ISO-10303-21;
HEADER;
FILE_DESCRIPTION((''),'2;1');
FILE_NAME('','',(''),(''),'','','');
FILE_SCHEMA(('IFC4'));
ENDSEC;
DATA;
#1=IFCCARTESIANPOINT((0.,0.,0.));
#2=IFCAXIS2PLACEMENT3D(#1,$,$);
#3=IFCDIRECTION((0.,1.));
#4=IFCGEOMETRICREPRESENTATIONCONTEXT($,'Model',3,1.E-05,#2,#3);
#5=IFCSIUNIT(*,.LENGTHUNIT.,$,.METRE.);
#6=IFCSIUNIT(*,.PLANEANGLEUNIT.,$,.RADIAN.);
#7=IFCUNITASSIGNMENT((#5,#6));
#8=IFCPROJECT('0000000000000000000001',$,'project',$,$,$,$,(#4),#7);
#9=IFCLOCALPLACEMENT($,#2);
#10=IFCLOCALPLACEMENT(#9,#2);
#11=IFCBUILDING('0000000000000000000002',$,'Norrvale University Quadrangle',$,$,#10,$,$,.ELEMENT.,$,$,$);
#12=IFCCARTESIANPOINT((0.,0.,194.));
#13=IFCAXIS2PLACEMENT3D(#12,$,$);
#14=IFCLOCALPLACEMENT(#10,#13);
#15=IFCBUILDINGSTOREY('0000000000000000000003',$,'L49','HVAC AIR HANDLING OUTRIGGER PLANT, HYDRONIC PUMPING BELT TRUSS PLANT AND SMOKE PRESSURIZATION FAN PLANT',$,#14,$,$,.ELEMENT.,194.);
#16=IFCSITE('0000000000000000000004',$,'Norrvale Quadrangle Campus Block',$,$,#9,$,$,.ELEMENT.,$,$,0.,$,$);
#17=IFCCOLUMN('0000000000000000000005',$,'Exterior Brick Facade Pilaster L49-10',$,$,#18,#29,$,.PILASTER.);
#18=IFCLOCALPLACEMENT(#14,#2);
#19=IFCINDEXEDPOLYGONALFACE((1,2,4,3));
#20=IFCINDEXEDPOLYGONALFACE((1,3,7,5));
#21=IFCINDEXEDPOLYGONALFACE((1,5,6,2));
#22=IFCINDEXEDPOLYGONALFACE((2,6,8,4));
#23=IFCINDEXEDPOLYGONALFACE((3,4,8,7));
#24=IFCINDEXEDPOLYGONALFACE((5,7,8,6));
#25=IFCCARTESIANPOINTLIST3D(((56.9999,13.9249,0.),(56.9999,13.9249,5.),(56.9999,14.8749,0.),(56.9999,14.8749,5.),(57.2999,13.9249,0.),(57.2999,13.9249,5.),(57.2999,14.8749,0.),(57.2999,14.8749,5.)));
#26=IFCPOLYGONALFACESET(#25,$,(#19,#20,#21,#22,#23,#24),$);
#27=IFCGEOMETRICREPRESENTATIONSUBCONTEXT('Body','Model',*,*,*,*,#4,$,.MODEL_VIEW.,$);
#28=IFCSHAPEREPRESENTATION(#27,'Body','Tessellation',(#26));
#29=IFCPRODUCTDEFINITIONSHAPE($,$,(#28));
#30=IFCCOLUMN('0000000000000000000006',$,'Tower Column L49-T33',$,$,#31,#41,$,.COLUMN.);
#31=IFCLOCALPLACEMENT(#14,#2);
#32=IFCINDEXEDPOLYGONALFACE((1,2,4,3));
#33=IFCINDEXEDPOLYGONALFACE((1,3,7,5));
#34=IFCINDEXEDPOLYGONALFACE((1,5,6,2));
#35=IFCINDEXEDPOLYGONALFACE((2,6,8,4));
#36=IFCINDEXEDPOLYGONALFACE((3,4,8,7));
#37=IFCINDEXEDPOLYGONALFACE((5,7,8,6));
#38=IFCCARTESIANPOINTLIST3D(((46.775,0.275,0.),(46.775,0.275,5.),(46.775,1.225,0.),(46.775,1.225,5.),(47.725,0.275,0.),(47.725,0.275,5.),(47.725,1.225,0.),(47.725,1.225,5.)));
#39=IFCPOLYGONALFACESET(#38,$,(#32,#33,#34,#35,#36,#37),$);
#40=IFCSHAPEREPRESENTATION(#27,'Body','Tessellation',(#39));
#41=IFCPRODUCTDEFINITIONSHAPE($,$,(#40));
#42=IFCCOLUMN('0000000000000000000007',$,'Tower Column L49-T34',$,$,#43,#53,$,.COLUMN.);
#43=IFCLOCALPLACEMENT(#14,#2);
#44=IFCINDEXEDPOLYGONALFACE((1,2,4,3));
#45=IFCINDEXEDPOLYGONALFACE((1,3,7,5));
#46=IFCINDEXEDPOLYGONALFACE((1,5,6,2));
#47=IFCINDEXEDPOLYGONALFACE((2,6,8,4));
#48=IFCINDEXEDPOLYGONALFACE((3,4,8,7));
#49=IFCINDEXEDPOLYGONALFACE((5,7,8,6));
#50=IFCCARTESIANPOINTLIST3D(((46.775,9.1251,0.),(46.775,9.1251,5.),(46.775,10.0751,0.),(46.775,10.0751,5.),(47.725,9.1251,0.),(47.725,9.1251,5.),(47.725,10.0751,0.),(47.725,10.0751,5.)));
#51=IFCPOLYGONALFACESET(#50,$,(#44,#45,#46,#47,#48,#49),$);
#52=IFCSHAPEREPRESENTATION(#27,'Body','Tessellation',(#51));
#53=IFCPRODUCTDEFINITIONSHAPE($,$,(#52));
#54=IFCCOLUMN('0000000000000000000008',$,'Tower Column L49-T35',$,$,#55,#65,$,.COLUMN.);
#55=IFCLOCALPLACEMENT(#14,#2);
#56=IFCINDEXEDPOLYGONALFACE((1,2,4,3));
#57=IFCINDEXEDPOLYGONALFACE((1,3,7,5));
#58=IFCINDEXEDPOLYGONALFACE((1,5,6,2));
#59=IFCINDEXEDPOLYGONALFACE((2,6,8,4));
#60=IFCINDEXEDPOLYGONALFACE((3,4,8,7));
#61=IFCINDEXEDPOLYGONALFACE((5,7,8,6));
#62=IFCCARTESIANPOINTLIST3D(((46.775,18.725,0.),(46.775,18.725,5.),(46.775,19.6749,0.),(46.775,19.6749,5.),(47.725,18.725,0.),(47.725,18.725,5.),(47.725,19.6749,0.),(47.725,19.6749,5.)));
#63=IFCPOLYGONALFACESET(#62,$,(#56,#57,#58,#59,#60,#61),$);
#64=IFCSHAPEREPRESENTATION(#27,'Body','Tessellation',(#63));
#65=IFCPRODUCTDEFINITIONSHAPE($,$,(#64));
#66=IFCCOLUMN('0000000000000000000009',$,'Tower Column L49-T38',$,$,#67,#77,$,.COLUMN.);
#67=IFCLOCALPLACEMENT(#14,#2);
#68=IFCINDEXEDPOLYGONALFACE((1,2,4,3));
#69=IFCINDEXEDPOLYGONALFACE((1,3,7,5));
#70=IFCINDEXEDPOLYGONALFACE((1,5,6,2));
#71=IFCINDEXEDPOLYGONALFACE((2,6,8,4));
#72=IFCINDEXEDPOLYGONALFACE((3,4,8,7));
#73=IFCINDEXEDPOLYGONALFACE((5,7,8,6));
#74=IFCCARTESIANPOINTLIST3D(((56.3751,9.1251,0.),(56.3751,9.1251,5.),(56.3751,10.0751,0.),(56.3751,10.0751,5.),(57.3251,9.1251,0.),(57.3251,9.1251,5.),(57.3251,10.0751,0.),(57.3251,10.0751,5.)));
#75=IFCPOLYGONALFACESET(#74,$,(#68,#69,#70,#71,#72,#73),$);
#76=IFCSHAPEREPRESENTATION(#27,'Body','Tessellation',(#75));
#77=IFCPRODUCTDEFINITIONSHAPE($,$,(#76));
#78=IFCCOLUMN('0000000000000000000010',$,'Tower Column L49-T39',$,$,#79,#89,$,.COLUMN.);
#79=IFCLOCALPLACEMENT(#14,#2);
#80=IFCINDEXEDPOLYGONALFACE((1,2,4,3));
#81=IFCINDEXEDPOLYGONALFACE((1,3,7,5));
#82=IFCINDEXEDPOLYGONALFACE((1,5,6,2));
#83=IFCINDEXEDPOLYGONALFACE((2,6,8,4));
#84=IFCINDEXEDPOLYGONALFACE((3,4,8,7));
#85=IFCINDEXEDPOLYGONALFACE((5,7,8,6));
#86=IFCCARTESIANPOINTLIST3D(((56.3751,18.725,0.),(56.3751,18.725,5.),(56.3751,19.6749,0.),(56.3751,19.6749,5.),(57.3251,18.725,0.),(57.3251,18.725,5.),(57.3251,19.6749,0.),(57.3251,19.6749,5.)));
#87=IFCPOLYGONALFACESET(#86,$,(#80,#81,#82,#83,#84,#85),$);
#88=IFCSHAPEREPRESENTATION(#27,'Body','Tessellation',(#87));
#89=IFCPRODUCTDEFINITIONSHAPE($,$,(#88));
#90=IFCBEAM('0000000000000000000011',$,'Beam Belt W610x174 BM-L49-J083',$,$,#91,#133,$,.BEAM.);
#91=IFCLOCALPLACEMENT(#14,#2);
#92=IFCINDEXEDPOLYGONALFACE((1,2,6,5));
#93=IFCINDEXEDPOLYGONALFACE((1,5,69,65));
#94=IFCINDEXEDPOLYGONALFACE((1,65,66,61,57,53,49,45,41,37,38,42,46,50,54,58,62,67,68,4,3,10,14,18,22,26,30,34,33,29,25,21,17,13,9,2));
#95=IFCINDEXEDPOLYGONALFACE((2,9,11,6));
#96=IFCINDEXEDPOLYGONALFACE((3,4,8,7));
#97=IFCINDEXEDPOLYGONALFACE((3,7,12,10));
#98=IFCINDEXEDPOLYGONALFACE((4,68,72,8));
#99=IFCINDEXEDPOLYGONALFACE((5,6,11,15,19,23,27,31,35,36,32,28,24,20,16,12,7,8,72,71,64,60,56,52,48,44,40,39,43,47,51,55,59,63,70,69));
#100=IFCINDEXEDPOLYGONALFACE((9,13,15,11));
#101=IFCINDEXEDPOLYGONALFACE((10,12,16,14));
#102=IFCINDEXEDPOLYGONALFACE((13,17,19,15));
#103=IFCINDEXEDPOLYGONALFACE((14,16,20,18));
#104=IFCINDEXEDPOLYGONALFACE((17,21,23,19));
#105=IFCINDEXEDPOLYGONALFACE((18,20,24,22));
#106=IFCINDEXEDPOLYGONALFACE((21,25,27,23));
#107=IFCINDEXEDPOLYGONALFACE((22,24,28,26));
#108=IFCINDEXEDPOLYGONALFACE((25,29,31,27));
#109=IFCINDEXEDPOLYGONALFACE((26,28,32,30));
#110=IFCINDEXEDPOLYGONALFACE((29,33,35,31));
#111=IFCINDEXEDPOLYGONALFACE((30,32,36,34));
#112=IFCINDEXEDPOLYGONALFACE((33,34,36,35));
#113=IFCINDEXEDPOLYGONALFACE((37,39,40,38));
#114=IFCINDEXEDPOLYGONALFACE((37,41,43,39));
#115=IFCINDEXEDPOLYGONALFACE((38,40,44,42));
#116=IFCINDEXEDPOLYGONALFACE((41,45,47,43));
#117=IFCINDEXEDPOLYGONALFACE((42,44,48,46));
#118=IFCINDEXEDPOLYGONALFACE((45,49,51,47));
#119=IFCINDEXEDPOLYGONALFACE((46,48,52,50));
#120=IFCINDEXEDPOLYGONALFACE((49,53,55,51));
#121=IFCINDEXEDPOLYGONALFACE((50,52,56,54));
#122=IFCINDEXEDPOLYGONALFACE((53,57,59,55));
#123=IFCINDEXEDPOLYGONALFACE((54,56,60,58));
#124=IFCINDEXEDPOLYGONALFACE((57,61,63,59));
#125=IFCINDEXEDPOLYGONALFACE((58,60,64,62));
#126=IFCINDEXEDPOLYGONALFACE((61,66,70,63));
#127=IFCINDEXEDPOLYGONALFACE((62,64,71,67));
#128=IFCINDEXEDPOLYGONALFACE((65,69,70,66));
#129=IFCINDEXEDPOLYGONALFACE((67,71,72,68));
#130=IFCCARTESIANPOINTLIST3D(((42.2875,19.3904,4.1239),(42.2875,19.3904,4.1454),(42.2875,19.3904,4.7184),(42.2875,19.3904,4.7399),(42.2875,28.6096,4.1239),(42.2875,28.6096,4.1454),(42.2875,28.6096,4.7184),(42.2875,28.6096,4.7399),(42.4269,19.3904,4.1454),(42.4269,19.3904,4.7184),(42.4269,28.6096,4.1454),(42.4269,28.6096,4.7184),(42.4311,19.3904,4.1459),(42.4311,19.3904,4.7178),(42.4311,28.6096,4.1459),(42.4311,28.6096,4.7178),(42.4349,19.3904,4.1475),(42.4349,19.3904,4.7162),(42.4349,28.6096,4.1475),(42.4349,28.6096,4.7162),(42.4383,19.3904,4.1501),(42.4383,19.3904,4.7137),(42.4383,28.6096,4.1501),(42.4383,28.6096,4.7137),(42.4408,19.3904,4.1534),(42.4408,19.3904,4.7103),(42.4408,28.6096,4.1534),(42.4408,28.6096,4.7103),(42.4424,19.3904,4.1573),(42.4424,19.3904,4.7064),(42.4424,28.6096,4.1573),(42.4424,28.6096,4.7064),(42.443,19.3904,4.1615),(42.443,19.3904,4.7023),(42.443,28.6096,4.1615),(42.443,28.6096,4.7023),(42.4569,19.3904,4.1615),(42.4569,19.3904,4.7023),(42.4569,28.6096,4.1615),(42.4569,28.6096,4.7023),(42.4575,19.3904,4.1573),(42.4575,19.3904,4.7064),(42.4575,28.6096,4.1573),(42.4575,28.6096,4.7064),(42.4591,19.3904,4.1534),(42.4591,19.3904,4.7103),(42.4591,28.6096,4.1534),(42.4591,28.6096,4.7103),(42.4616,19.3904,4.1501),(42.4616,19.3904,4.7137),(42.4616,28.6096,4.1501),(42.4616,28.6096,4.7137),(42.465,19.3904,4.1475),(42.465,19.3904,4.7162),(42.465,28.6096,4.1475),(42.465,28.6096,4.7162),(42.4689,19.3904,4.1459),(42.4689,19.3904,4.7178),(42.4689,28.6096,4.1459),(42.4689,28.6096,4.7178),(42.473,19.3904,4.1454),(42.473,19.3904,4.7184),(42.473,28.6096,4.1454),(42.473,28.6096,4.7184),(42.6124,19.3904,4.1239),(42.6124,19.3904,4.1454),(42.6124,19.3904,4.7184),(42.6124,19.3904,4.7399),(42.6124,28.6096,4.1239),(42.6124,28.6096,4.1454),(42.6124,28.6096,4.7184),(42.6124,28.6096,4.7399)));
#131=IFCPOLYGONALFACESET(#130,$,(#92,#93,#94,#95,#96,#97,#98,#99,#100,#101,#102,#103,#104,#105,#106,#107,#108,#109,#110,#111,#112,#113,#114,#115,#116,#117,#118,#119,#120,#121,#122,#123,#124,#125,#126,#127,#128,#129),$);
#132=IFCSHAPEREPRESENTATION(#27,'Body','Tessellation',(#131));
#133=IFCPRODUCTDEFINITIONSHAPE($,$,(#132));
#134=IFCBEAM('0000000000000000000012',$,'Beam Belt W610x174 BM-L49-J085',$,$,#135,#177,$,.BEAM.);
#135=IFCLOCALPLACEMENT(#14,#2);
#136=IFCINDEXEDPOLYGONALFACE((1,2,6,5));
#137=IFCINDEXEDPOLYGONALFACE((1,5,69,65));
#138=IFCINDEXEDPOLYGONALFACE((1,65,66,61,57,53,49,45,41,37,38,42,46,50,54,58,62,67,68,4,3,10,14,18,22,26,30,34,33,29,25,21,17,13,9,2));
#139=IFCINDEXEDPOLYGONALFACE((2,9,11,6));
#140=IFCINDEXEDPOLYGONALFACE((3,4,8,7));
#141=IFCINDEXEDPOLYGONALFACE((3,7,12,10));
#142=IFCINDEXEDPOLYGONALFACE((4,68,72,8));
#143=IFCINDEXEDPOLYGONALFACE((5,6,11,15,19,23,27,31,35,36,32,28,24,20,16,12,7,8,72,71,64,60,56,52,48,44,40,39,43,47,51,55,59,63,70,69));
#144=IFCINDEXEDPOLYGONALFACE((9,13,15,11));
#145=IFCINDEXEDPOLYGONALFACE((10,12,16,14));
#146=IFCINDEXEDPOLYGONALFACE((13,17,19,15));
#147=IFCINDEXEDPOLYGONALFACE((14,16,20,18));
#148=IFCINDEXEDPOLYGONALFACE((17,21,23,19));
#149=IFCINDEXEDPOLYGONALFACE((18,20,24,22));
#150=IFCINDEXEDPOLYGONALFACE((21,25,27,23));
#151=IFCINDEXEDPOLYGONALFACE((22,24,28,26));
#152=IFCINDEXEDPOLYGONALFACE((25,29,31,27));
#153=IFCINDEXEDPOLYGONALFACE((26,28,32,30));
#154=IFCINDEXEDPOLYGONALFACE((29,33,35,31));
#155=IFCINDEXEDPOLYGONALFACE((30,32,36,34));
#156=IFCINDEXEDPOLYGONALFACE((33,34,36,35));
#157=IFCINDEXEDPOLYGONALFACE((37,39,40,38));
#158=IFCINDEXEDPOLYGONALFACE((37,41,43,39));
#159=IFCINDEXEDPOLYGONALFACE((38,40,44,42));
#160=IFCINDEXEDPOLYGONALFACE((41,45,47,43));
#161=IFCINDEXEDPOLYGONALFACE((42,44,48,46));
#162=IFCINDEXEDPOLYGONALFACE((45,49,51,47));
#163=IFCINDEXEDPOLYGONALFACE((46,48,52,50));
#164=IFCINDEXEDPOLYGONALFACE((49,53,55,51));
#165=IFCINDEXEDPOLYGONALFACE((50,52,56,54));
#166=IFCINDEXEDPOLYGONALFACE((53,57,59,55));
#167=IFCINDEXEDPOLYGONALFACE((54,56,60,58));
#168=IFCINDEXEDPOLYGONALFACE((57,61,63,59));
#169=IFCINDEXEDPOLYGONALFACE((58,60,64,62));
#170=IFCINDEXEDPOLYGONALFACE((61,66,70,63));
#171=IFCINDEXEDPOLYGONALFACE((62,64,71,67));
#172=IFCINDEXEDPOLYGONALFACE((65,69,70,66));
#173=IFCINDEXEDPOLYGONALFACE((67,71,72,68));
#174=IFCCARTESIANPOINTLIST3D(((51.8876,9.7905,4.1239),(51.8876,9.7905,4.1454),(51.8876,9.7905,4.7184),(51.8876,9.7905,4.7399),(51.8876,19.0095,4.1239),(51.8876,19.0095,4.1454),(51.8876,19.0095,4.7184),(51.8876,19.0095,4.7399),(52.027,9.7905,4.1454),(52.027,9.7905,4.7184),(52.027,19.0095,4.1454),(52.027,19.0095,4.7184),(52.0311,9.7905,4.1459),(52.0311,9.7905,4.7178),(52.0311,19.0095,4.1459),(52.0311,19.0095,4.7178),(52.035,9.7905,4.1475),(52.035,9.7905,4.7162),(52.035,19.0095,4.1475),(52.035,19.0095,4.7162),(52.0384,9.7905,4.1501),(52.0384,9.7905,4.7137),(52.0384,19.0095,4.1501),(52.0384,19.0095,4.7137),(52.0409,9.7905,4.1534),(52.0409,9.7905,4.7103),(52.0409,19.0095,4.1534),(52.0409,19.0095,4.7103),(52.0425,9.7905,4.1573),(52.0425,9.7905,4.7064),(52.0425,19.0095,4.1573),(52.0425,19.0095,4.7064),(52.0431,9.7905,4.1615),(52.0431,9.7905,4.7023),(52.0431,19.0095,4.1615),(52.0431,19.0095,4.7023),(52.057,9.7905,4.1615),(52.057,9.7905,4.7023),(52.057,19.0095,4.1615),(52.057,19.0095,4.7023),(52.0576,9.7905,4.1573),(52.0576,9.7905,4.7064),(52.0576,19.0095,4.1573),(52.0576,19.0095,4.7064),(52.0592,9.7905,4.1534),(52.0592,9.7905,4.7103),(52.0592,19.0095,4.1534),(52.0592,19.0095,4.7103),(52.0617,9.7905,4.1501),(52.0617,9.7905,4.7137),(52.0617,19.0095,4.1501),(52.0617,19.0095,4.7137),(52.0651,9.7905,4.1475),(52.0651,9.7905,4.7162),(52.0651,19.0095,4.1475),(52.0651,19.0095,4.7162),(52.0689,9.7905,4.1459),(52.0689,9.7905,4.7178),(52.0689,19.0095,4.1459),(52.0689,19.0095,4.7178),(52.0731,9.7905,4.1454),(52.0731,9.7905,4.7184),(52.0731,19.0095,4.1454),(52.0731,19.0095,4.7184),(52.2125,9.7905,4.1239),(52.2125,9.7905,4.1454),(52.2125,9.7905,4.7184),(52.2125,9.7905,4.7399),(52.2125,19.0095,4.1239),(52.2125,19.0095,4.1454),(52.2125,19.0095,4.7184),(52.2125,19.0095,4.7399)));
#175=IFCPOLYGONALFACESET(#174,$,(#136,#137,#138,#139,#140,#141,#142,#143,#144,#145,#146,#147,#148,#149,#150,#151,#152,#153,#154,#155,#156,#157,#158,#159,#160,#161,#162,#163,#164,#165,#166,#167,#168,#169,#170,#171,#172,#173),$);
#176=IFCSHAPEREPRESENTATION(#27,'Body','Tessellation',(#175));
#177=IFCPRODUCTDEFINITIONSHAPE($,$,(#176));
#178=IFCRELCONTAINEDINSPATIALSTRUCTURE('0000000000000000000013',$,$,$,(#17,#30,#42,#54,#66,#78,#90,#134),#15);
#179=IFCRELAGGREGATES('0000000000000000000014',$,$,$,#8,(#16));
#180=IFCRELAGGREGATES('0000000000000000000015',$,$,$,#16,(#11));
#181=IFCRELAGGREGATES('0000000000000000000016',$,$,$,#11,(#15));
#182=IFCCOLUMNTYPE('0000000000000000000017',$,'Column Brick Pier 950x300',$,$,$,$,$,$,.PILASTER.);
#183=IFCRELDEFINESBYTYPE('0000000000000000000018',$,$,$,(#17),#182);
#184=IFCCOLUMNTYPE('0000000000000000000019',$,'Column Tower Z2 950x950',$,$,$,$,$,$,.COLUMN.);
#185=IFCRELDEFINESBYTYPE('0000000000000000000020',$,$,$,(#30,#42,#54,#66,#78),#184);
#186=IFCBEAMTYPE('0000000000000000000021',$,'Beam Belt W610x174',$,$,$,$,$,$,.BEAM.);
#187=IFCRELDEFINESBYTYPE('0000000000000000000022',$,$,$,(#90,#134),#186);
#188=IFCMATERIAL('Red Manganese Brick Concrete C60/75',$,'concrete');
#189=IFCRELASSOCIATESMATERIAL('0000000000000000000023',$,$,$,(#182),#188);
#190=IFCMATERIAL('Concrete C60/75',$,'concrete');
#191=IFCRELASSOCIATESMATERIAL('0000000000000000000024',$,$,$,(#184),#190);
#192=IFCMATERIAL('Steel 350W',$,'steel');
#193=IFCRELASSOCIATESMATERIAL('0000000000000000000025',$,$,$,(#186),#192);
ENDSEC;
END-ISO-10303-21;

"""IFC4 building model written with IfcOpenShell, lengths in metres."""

from ifc_helpers import new_model, si_unit, direction, frame, origin, origin_2d, place, context, subcontext, project, spatial, rectangle, i_section, extrude, material, material_profile, profile_set, type_object, element, save


model = new_model("IFC4")

# Units and contexts
model_context = context("Model", 3, precision=1e-05, world=origin(), true_north=direction((0.0, 1.0)))
body_context = subcontext(model_context, "Body", "Model", "MODEL_VIEW")
ifc_project = project(units=[si_unit("LENGTHUNIT", "METRE"), si_unit("PLANEANGLEUNIT", "RADIAN")], contexts=[model_context])

# Site, building, storey
site_placement = place(None, origin())
site = spatial("IfcSite", under=ifc_project, at=site_placement, Name="Norrvale Quadrangle Campus Block", CompositionType="ELEMENT", RefElevation=0.0)
building_placement = place(site_placement, origin())
building = spatial("IfcBuilding", under=site, at=building_placement, Name="Norrvale University Quadrangle", CompositionType="ELEMENT")
storey_placement = place(building_placement, frame((0.0, 0.0, 194.0)))
storey = spatial("IfcBuildingStorey", under=building, at=storey_placement, Name="L49", Description="HVAC AIR HANDLING OUTRIGGER PLANT, HYDRONIC PUMPING BELT TRUSS PLANT AND SMOKE PRESSURIZATION FAN PLANT", CompositionType="ELEMENT", Elevation=194.0)

# Columns
ifc_material_1 = material(Name="Red Manganese Brick Concrete C60/75", Category="concrete")
ifc_material_profile_1 = material_profile(ifc_material_1, rectangle(XDim=0.95, YDim=0.3, at=origin_2d()), Name="Red Manganese Brick Concrete C60/75")
ifc_profile_set_1 = profile_set([ifc_material_profile_1], Name="Red Manganese Brick Concrete C60/75")
column_type_1 = type_object("IfcColumnType", Name="Column Brick Pier 950x300", PredefinedType="PILASTER", material=ifc_profile_set_1)
column_placement = place(storey_placement, frame((57.1499, 14.3999, 0.0), z_axis=(0.0, 0.0, 1.0), x_axis=(0.0, 1.0, 0.0)))
element("IfcColumn", 1, at=column_placement, inside=storey, type_object=column_type_1, Name="Exterior Brick Facade Pilaster L49-10", PredefinedType="PILASTER", context=body_context, shape_type="SweptSolid", body=[
    extrude(rectangle(XDim=0.95, YDim=0.3, at=origin_2d()), origin(), (0.0, 0.0, 1.0), 5.0),
])
ifc_material_2 = material(Name="Concrete C60/75", Category="concrete")
ifc_material_profile_2 = material_profile(ifc_material_2, rectangle(XDim=0.95, YDim=0.95, at=origin_2d()), Name="Concrete C60/75")
ifc_profile_set_2 = profile_set([ifc_material_profile_2], Name="Concrete C60/75")
column_type_2 = type_object("IfcColumnType", Name="Column Tower Z2 950x950", PredefinedType="COLUMN", material=ifc_profile_set_2)
for number, where, z_axis, x_axis, name in (
    (2, (47.25, 0.75, 0.0), (0.0, 0.0, 1.0), (1.0, 0.0, 0.0), "Tower Column L49-T33"),
    (3, (47.25, 9.6001, 0.0), (0.0, 0.0, 1.0), (1.0, 0.0, 0.0), "Tower Column L49-T34"),
    (4, (47.25, 19.2, 0.0), (0.0, 0.0, 1.0), (1.0, 0.0, 0.0), "Tower Column L49-T35"),
    (5, (56.8501, 9.6001, 0.0), (0.0, 0.0, 1.0), (1.0, 0.0, 0.0), "Tower Column L49-T38"),
    (6, (56.8501, 19.2, 0.0), (0.0, 0.0, 1.0), (1.0, 0.0, 0.0), "Tower Column L49-T39"),
):
    element("IfcColumn", number, at=place(storey_placement, frame(where, z_axis=z_axis, x_axis=x_axis)), inside=storey, type_object=column_type_2, Name=name, PredefinedType="COLUMN", context=body_context, shape_type="SweptSolid", body=[
        extrude(rectangle(XDim=0.95, YDim=0.95, at=origin_2d()), origin(), (0.0, 0.0, 1.0), 5.0),
    ])

# Beams
ifc_material_3 = material(Name="Steel 350W", Category="steel")
ifc_material_profile_3 = material_profile(ifc_material_3, i_section(OverallWidth=0.325, OverallDepth=0.616, WebThickness=0.0139, FlangeThickness=0.0215, FilletRadius=0.0161, at=origin_2d()), Name="Steel 350W")
ifc_profile_set_3 = profile_set([ifc_material_profile_3], Name="Steel 350W")
beam_type_1 = type_object("IfcBeamType", Name="Beam Belt W610x174", PredefinedType="BEAM", material=ifc_profile_set_3)
beam_1_placement = place(storey_placement, frame((42.45, 19.3904, 4.4319), z_axis=(0.0, 1.0, 0.0), x_axis=(-1.0, 0.0, 0.0)))
element("IfcBeam", 7, at=beam_1_placement, inside=storey, type_object=beam_type_1, Name="Beam Belt W610x174 BM-L49-J083", PredefinedType="BEAM", context=body_context, shape_type="SweptSolid", body=[
    extrude(i_section(OverallWidth=0.325, OverallDepth=0.616, WebThickness=0.0139, FlangeThickness=0.0215, FilletRadius=0.0161, at=origin_2d()), origin(), (0.0, 0.0, 1.0), 9.2192),
])
beam_2_placement = place(storey_placement, frame((52.05, 9.7905, 4.4319), z_axis=(0.0, 1.0, 0.0), x_axis=(-1.0, 0.0, 0.0)))
element("IfcBeam", 8, at=beam_2_placement, inside=storey, type_object=beam_type_1, Name="Beam Belt W610x174 BM-L49-J085", PredefinedType="BEAM", context=body_context, shape_type="SweptSolid", body=[
    extrude(i_section(OverallWidth=0.325, OverallDepth=0.616, WebThickness=0.0139, FlangeThickness=0.0215, FilletRadius=0.0161, at=origin_2d()), origin(), (0.0, 0.0, 1.0), 9.219),
])

save(model, "model.ifc")
